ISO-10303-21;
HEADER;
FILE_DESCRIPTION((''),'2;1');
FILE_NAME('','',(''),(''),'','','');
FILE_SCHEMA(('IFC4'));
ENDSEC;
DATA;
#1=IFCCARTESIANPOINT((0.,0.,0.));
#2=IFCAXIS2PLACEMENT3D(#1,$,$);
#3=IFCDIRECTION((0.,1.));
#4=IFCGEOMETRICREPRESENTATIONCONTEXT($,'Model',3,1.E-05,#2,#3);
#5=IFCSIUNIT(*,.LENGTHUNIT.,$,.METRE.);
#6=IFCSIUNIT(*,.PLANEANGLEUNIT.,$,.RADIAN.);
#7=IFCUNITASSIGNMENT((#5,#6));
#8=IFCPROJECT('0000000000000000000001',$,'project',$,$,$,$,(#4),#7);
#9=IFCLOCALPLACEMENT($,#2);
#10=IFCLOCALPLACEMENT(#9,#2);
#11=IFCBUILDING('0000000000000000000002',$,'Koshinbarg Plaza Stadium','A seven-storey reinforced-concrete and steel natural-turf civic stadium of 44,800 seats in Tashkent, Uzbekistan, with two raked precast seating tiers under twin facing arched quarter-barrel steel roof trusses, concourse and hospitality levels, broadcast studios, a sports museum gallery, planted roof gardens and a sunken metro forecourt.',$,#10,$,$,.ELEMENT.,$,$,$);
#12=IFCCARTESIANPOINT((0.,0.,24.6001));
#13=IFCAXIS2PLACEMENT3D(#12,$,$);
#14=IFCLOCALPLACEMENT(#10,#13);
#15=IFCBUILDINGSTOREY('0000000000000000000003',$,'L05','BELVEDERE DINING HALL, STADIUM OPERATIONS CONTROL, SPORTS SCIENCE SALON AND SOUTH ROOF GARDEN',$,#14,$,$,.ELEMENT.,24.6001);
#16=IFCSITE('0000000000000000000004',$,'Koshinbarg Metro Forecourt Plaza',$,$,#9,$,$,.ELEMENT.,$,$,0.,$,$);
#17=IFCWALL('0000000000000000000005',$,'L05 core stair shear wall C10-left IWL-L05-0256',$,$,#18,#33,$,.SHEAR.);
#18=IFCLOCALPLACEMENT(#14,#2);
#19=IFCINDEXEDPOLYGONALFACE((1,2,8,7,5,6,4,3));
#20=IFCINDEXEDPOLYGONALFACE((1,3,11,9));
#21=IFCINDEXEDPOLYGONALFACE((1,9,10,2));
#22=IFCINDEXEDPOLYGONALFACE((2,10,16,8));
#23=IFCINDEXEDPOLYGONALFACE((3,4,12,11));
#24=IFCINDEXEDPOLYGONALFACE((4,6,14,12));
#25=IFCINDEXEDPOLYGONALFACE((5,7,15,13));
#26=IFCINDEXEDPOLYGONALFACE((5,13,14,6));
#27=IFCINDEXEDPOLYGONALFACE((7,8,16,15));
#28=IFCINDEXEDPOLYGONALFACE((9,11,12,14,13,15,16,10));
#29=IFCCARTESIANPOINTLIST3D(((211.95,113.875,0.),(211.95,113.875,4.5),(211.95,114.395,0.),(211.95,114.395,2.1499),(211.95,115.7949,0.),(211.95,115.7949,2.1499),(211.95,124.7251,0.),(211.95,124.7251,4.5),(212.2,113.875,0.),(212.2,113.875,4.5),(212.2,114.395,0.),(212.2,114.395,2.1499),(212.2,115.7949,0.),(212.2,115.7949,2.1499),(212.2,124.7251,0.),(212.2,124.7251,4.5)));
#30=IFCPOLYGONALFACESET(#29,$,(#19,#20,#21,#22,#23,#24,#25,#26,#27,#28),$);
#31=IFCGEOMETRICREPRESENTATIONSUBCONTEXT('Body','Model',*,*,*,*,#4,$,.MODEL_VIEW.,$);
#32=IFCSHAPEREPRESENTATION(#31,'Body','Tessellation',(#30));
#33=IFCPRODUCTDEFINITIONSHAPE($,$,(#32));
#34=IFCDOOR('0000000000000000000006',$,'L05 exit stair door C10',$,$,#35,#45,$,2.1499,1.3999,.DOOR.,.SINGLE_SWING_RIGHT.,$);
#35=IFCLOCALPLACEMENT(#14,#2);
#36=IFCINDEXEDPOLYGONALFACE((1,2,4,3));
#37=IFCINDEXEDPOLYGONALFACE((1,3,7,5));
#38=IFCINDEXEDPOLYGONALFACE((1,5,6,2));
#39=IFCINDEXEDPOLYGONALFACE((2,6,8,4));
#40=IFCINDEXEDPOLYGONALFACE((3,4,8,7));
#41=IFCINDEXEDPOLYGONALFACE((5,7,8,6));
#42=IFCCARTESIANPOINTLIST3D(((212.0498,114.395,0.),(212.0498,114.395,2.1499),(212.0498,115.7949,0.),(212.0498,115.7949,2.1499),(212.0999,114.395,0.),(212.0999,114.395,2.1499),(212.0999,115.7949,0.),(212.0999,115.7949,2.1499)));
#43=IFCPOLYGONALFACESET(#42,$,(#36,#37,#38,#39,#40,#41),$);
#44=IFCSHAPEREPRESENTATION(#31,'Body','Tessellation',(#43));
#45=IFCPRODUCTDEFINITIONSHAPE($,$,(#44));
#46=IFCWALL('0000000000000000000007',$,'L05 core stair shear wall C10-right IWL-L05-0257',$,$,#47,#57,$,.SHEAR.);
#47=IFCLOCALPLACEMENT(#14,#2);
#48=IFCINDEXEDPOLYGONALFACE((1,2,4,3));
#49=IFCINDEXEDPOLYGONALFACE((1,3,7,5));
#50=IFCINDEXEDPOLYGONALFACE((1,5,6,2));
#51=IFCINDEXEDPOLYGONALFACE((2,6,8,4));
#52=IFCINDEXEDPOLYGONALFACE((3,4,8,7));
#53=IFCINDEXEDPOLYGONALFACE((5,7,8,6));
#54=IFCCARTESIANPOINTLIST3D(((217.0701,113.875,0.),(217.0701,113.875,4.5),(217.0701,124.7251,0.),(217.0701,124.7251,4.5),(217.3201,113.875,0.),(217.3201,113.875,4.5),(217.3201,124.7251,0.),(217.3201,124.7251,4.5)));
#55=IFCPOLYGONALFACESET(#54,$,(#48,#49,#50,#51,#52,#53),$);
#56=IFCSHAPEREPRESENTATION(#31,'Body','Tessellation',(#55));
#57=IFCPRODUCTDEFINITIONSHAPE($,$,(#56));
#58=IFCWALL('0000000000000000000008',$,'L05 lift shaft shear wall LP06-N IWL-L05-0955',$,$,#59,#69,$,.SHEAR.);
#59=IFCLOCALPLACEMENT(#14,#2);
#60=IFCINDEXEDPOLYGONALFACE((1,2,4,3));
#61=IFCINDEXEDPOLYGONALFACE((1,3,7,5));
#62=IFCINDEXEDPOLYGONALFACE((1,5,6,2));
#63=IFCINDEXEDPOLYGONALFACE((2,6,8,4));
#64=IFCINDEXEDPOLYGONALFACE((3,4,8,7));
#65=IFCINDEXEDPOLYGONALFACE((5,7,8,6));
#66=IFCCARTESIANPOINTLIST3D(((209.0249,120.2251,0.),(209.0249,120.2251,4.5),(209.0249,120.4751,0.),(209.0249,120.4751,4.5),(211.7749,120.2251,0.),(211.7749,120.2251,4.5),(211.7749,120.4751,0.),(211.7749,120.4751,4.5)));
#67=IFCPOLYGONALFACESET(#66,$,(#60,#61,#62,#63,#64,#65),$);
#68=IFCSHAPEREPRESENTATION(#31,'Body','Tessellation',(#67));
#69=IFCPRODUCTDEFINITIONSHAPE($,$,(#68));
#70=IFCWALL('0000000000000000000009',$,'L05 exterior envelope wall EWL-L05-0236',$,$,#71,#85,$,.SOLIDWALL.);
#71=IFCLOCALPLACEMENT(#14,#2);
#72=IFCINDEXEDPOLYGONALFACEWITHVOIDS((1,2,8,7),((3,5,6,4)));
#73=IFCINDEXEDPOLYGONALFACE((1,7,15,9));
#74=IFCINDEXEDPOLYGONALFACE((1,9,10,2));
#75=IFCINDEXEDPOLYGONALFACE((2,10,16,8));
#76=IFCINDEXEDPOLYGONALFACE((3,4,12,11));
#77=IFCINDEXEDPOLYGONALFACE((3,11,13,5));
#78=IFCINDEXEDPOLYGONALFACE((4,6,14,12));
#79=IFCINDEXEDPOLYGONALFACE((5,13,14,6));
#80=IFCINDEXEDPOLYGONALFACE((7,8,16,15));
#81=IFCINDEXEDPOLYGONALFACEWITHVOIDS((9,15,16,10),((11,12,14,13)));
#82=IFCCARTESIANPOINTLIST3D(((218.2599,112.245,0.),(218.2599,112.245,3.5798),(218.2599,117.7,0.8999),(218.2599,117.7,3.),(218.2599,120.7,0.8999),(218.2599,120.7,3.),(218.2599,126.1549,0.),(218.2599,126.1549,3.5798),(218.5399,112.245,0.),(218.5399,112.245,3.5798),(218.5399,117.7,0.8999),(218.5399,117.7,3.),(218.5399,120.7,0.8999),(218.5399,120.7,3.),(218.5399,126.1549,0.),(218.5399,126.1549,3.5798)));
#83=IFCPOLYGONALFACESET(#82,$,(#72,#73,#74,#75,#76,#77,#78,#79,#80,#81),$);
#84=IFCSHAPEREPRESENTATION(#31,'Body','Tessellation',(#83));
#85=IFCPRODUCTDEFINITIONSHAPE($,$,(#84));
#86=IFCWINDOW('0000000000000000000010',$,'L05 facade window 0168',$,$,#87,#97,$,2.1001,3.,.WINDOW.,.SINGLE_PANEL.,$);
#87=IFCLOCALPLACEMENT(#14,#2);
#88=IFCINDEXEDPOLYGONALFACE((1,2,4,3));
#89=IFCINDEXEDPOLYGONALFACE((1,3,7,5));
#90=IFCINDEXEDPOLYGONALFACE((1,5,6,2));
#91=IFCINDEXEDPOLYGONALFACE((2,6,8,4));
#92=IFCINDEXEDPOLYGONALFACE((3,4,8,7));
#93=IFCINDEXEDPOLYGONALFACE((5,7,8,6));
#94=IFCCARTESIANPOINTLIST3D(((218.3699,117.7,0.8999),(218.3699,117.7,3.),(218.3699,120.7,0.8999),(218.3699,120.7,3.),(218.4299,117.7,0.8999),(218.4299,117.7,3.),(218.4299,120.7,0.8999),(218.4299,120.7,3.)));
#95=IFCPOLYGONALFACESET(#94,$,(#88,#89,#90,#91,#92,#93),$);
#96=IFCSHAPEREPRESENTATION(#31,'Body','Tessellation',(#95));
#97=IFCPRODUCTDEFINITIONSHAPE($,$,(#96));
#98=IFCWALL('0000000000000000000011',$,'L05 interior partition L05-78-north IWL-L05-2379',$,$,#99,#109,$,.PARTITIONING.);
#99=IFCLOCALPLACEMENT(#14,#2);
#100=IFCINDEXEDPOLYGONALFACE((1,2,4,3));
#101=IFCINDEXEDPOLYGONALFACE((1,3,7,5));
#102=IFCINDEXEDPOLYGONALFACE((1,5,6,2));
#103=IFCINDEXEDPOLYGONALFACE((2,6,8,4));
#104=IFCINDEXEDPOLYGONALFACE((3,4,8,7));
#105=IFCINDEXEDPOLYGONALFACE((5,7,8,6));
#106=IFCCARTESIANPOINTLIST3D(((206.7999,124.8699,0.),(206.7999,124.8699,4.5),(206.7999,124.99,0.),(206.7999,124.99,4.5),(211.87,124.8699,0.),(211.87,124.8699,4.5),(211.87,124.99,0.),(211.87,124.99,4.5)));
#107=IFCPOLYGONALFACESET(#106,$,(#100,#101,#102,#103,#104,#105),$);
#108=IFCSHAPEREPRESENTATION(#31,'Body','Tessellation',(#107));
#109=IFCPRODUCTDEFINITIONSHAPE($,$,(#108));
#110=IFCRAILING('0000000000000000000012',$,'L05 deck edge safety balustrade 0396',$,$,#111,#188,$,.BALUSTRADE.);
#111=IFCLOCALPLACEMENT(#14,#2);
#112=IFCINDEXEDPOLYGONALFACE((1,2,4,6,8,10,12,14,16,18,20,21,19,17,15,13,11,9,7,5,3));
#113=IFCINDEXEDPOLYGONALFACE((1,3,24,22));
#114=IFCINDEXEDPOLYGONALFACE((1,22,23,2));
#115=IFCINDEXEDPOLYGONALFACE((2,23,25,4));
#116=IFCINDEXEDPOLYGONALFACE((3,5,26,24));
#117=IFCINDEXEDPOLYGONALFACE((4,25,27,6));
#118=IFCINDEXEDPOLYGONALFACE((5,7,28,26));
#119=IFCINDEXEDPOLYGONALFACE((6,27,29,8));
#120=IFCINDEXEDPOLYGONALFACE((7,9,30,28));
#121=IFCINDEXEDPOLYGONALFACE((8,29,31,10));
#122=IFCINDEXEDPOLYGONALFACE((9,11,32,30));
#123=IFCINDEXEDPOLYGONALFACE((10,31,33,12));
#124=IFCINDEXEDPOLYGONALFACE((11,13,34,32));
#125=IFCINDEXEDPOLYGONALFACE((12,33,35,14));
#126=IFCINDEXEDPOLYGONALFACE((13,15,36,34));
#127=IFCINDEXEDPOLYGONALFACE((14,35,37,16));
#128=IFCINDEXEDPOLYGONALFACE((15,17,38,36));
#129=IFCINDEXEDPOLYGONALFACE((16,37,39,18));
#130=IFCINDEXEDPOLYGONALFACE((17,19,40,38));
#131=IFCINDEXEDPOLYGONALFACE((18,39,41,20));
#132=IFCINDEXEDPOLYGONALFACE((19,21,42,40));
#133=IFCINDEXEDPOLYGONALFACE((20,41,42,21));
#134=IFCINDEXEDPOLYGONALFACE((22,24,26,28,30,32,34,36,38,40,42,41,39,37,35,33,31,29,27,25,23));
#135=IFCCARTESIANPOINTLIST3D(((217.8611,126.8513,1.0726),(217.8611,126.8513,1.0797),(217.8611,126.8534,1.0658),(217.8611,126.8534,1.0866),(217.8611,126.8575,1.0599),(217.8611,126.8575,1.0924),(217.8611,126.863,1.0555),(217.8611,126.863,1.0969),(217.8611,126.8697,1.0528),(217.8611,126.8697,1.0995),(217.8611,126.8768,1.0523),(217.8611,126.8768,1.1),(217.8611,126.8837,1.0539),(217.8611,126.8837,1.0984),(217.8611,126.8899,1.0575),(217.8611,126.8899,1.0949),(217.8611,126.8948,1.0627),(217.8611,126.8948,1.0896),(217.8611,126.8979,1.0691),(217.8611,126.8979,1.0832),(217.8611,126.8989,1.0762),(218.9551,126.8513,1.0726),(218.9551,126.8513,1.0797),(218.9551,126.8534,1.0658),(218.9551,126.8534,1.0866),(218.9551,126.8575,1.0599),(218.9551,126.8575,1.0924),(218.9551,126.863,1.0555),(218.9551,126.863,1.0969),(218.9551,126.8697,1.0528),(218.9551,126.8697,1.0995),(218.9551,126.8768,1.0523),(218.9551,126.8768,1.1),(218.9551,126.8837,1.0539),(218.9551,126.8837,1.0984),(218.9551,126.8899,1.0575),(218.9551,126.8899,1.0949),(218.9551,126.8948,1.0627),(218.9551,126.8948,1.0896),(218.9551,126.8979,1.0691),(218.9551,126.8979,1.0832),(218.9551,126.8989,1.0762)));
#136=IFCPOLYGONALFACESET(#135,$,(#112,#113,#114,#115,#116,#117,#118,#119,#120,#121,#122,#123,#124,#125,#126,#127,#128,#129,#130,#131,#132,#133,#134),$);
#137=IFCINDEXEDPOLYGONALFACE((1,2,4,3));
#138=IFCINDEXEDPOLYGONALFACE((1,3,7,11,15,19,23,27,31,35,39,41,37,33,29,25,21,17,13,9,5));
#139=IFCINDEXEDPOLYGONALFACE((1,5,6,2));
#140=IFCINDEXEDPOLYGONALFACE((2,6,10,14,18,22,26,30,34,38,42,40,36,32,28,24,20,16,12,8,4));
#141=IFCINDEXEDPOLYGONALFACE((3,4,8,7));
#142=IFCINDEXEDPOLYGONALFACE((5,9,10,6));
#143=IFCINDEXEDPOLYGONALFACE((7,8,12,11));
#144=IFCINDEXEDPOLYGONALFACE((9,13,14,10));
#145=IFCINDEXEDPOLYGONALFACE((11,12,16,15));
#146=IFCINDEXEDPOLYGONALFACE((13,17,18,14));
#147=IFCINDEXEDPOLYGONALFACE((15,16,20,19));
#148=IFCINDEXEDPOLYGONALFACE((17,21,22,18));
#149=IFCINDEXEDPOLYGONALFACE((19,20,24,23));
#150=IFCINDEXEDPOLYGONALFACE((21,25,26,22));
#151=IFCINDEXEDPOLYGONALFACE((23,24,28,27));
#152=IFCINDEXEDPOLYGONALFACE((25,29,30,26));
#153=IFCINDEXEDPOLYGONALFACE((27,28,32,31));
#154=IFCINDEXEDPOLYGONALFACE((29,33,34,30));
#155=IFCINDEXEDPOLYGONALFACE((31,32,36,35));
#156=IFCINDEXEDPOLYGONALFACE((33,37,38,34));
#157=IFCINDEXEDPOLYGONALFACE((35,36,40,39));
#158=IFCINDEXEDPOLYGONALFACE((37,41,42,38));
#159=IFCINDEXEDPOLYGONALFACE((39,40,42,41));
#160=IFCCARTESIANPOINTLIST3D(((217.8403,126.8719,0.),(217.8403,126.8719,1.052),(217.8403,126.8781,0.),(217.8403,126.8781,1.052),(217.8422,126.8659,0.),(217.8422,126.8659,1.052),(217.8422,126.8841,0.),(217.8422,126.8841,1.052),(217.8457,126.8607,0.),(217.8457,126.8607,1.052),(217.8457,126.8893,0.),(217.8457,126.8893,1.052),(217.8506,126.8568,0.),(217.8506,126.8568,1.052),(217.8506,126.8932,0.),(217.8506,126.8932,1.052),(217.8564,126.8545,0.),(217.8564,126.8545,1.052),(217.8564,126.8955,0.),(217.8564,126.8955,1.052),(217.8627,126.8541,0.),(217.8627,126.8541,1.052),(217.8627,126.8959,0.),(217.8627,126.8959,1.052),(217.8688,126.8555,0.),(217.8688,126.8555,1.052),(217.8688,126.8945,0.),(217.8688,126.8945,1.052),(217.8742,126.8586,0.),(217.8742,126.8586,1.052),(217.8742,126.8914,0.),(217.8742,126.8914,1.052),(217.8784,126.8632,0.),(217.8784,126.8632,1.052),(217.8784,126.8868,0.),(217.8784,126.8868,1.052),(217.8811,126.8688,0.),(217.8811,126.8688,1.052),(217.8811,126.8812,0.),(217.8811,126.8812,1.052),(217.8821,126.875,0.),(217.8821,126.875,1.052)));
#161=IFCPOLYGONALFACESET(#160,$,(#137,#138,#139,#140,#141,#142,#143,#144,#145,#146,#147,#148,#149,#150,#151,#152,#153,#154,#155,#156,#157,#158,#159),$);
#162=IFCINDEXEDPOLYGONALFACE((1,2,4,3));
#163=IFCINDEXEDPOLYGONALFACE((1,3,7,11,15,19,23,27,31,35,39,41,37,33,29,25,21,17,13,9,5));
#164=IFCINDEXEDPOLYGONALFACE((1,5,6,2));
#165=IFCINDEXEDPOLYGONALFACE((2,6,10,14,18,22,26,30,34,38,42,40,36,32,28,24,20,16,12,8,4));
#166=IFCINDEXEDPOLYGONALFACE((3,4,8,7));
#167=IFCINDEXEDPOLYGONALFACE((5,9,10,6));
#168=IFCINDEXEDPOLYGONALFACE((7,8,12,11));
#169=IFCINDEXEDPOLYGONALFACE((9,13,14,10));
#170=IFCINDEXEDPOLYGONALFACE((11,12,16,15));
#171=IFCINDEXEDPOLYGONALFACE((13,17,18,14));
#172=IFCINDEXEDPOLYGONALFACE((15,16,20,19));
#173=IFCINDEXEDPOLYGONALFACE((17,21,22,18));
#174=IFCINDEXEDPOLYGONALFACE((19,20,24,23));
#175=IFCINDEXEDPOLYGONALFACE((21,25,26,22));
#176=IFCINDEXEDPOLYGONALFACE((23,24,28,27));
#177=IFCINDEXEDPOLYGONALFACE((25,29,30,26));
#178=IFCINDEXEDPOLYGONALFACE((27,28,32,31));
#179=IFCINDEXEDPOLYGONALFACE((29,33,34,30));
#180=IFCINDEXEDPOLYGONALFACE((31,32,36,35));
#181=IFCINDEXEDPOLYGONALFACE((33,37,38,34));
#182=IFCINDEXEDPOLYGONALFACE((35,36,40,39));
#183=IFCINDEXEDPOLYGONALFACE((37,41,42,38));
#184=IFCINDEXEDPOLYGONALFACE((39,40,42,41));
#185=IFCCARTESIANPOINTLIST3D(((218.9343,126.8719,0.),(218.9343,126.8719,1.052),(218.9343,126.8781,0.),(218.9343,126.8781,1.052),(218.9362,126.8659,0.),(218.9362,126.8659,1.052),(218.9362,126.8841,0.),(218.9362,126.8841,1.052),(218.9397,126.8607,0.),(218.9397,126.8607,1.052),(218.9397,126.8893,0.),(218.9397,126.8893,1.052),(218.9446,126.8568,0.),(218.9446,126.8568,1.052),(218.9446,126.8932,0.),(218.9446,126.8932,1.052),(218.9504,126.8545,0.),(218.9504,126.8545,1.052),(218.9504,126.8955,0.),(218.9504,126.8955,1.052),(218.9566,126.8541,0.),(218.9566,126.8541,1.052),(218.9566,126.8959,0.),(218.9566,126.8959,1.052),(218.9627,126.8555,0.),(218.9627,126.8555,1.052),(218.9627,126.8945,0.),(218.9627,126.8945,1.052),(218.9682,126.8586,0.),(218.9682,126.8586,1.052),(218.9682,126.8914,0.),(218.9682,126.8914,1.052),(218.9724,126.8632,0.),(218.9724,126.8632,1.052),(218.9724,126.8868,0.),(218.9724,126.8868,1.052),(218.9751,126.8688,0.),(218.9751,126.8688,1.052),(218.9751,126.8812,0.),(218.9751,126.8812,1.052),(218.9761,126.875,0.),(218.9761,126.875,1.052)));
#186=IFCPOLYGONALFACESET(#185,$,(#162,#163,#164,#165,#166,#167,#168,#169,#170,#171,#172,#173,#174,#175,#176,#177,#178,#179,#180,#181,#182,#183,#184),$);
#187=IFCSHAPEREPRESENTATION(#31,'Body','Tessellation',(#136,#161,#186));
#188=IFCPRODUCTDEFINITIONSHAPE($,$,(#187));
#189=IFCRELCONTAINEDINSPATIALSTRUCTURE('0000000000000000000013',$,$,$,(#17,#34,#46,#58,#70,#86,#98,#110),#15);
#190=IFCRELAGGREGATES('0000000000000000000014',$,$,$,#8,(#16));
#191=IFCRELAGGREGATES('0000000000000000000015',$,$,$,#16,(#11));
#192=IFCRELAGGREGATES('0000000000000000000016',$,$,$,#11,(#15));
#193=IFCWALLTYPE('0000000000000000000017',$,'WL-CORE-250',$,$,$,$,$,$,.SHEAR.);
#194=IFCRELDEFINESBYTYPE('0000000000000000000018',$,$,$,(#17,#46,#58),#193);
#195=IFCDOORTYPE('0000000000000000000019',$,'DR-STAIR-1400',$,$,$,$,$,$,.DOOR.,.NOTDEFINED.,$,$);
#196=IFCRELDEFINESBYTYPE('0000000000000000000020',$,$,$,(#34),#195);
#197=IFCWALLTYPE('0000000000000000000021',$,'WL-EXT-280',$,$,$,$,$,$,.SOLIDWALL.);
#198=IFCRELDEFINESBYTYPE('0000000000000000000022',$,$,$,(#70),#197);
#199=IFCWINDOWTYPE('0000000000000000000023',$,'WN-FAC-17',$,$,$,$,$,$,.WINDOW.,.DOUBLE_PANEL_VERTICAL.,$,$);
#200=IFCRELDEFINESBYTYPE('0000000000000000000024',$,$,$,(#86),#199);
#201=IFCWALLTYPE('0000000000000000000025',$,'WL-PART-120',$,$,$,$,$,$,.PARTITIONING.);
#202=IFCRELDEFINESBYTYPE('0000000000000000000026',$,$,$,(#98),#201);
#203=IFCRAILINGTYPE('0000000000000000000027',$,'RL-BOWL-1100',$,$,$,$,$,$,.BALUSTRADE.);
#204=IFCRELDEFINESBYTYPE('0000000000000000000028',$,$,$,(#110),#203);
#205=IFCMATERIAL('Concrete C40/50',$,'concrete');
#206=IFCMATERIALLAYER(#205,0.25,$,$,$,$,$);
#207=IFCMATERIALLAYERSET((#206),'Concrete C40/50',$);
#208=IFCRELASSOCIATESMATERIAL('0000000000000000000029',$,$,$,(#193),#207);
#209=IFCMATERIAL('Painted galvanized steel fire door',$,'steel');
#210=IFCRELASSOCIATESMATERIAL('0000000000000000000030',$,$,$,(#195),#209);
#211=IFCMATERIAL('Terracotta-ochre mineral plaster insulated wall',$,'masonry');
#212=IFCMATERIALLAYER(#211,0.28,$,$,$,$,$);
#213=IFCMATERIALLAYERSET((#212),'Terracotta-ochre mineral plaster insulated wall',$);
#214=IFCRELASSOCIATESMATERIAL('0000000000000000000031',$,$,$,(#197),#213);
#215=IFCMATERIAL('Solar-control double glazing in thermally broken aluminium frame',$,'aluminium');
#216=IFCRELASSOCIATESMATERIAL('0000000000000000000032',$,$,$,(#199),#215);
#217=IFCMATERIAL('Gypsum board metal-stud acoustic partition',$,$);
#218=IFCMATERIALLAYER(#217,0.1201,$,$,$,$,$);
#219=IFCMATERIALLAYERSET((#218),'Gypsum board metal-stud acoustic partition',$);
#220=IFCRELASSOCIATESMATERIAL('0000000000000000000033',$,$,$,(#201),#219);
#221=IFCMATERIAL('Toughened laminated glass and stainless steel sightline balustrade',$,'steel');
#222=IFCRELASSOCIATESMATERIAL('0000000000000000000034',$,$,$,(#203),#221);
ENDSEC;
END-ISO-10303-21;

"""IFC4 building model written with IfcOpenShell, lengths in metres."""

from ifc_helpers import new_model, si_unit, direction, frame, frame_2d, origin, origin_2d, place, context, subcontext, project, spatial, rectangle, circle, extrude, material, layer, layer_set, type_object, element, fill, save


model = new_model("IFC4")

# Units and contexts
model_context = context("Model", 3, precision=1e-05, world=origin(), true_north=direction((0.0, 1.0)))
body_context = subcontext(model_context, "Body", "Model", "MODEL_VIEW")
ifc_project = project(units=[si_unit("LENGTHUNIT", "METRE"), si_unit("PLANEANGLEUNIT", "RADIAN")], contexts=[model_context])

# Site, building, storey
site_placement = place(None, origin())
site = spatial("IfcSite", under=ifc_project, at=site_placement, Name="Koshinbarg Metro Forecourt Plaza", CompositionType="ELEMENT", RefElevation=0.0)
building_placement = place(site_placement, origin())
building = spatial("IfcBuilding", under=site, at=building_placement, Name="Koshinbarg Plaza Stadium", Description="A seven-storey reinforced-concrete and steel natural-turf civic stadium of 44,800 seats in Tashkent, Uzbekistan, with two raked precast seating tiers under twin facing arched quarter-barrel steel roof trusses, concourse and hospitality levels, broadcast studios, a sports museum gallery, planted roof gardens and a sunken metro forecourt.", CompositionType="ELEMENT")
storey_placement = place(building_placement, frame((0.0, 0.0, 24.6001)))
storey = spatial("IfcBuildingStorey", under=building, at=storey_placement, Name="L05", Description="BELVEDERE DINING HALL, STADIUM OPERATIONS CONTROL, SPORTS SCIENCE SALON AND SOUTH ROOF GARDEN", CompositionType="ELEMENT", Elevation=24.6001)

# Shared definitions
ifc_material_1 = material(Name="Concrete C40/50", Category="concrete")

# Shared definitions
ifc_layer_1 = layer(ifc_material_1, 0.25)
ifc_layer_set_1 = layer_set([ifc_layer_1], Name="Concrete C40/50")
wall_type_1 = type_object("IfcWallType", Name="WL-CORE-250", PredefinedType="SHEAR", material=ifc_layer_set_1)

# Wall, opening, door
wall_1_placement = place(storey_placement, frame((212.075, 113.875, 0.0), z_axis=(0.0, 0.0, 1.0), x_axis=(0.0, 1.0, 0.0)))
wall_1 = element("IfcWall", 1, at=wall_1_placement, inside=storey, type_object=wall_type_1, Name="L05 core stair shear wall C10-left IWL-L05-0256", PredefinedType="SHEAR", context=body_context, shape_type="SweptSolid", body=[
    extrude(rectangle(XDim=10.8501, YDim=0.25, at=frame_2d((5.425, 0.0))), origin(), (0.0, 0.0, 1.0), 4.5),
])
opening_1_placement = place(wall_1_placement, frame((0.52, 0.0, 0.0)))
opening_1 = element("IfcOpeningElement", 2, at=opening_1_placement, cuts=wall_1, PredefinedType="OPENING", context=body_context, shape_type="SweptSolid", body=[
    extrude(rectangle(XDim=1.3999, YDim=2.1499, at=frame_2d((0.7, 1.075))), frame((0.0, 0.135, 0.0), z_axis=(0.0, -1.0, 0.0), x_axis=(1.0, 0.0, 0.0)), (0.0, 0.0, 1.0), 0.27),
])
ifc_material_2 = material(Name="Painted galvanized steel fire door", Category="steel")
door_type = type_object("IfcDoorType", Name="DR-STAIR-1400", OperationType="NOTDEFINED", PredefinedType="DOOR", material=ifc_material_2)
door_placement = place(opening_1_placement, frame((1.3999, 0.0, 0.0), z_axis=(0.0, 0.0, 1.0), x_axis=(-1.0, 0.0, 0.0)))
door = element("IfcDoor", 3, at=door_placement, inside=storey, type_object=door_type, Name="L05 exit stair door C10", OperationType="SINGLE_SWING_RIGHT", OverallHeight=2.1499, OverallWidth=1.3999, PredefinedType="DOOR", context=body_context, shape_type="SweptSolid", body=[
    extrude(rectangle(XDim=1.3999, YDim=2.1499, at=frame_2d((0.7, 1.075))), frame((0.0, 0.0249, 0.0), z_axis=(0.0, -1.0, 0.0), x_axis=(1.0, 0.0, 0.0)), (0.0, 0.0, 1.0), 0.05),
])
fill(opening_1, door)

# Walls
wall_2_placement = place(storey_placement, frame((217.1951, 113.875, 0.0), z_axis=(0.0, 0.0, 1.0), x_axis=(0.0, 1.0, 0.0)))
element("IfcWall", 4, at=wall_2_placement, inside=storey, type_object=wall_type_1, Name="L05 core stair shear wall C10-right IWL-L05-0257", PredefinedType="SHEAR", context=body_context, shape_type="SweptSolid", body=[
    extrude(rectangle(XDim=10.8501, YDim=0.25, at=frame_2d((5.425, 0.0))), origin(), (0.0, 0.0, 1.0), 4.5),
])
wall_3_placement = place(storey_placement, frame((211.7749, 120.3501, 0.0), z_axis=(0.0, 0.0, 1.0), x_axis=(-1.0, 0.0, 0.0)))
element("IfcWall", 5, at=wall_3_placement, inside=storey, type_object=wall_type_1, Name="L05 lift shaft shear wall LP06-N IWL-L05-0955", PredefinedType="SHEAR", context=body_context, shape_type="SweptSolid", body=[
    extrude(rectangle(XDim=2.75, YDim=0.25, at=frame_2d((1.375, 0.0))), origin(), (0.0, 0.0, 1.0), 4.5),
])

# Wall, opening, window
ifc_material_3 = material(Name="Terracotta-ochre mineral plaster insulated wall", Category="masonry")
ifc_layer_2 = layer(ifc_material_3, 0.28)
ifc_layer_set_2 = layer_set([ifc_layer_2], Name="Terracotta-ochre mineral plaster insulated wall")
wall_type_2 = type_object("IfcWallType", Name="WL-EXT-280", PredefinedType="SOLIDWALL", material=ifc_layer_set_2)
wall_4_placement = place(storey_placement, frame((218.3999, 126.155, 0.0), z_axis=(0.0, 0.0, 1.0), x_axis=(0.0, -1.0, 0.0)))
wall_4 = element("IfcWall", 6, at=wall_4_placement, inside=storey, type_object=wall_type_2, Name="L05 exterior envelope wall EWL-L05-0236", PredefinedType="SOLIDWALL", context=body_context, shape_type="SweptSolid", body=[
    extrude(rectangle(XDim=13.9099, YDim=0.28, at=frame_2d((6.9551, 0.0))), origin(), (0.0, 0.0, 1.0), 3.5798),
])
opening_2_placement = place(wall_4_placement, frame((5.4551, 0.0, 0.8999)))
opening_2 = element("IfcOpeningElement", 7, at=opening_2_placement, cuts=wall_4, PredefinedType="OPENING", context=body_context, shape_type="SweptSolid", body=[
    extrude(rectangle(XDim=3.0, YDim=2.1001, at=frame_2d((1.5, 1.05))), frame((0.0, 0.1499, 0.0), z_axis=(0.0, -1.0, 0.0), x_axis=(1.0, 0.0, 0.0)), (0.0, 0.0, 1.0), 0.3),
])
ifc_material_4 = material(Name="Solar-control double glazing in thermally broken aluminium frame", Category="aluminium")
window_type = type_object("IfcWindowType", Name="WN-FAC-17", PartitioningType="DOUBLE_PANEL_VERTICAL", PredefinedType="WINDOW", material=ifc_material_4)
window_placement = place(opening_2_placement, origin())
window = element("IfcWindow", 8, at=window_placement, inside=storey, type_object=window_type, Name="L05 facade window 0168", OverallHeight=2.1001, OverallWidth=3.0, PartitioningType="SINGLE_PANEL", PredefinedType="WINDOW", context=body_context, shape_type="SweptSolid", body=[
    extrude(rectangle(XDim=3.0, YDim=2.1001, at=frame_2d((1.5, 1.05))), frame((0.0, 0.03, 0.0), z_axis=(0.0, -1.0, 0.0), x_axis=(1.0, 0.0, 0.0)), (0.0, 0.0, 1.0), 0.0601),
])
fill(opening_2, window)

# Wall
ifc_material_5 = material(Name="Gypsum board metal-stud acoustic partition")
ifc_layer_3 = layer(ifc_material_5, 0.1201)
ifc_layer_set_3 = layer_set([ifc_layer_3], Name="Gypsum board metal-stud acoustic partition")
wall_type_3 = type_object("IfcWallType", Name="WL-PART-120", PredefinedType="PARTITIONING", material=ifc_layer_set_3)
wall_5_placement = place(storey_placement, frame((211.8701, 124.9299, 0.0), z_axis=(0.0, 0.0, 1.0), x_axis=(-1.0, 0.0, 0.0)))
element("IfcWall", 9, at=wall_5_placement, inside=storey, type_object=wall_type_3, Name="L05 interior partition L05-78-north IWL-L05-2379", PredefinedType="PARTITIONING", context=body_context, shape_type="SweptSolid", body=[
    extrude(rectangle(XDim=5.0701, YDim=0.1201, at=frame_2d((2.5352, 0.0))), origin(), (0.0, 0.0, 1.0), 4.5),
])

# Railing
ifc_material_6 = material(Name="Toughened laminated glass and stainless steel sightline balustrade", Category="steel")
railing_type_1 = type_object("IfcRailingType", Name="RL-BOWL-1100", PredefinedType="BALUSTRADE", material=ifc_material_6)
railing_1_placement = place(storey_placement, frame((217.8611, 126.875, 0.0)))
element("IfcRailing", 10, at=railing_1_placement, inside=storey, type_object=railing_type_1, Name="L05 deck edge safety balustrade 0396", PredefinedType="BALUSTRADE", context=body_context, shape_type="SweptSolid", body=[
    extrude(circle(Radius=0.0239, at=origin_2d()), frame((0.0, 0.0, 1.0762), z_axis=(1.0, 0.0, 0.0), x_axis=(0.0, 1.0, 0.0)), (0.0, 0.0, 1.0), 1.094),
    extrude(circle(Radius=0.021, at=origin_2d()), origin(), (0.0, 0.0, 1.0), 1.052),
    extrude(circle(Radius=0.021, at=origin_2d()), frame((1.094, 0.0, 0.0)), (0.0, 0.0, 1.0), 1.052),
])

save(model, "model.ifc")
